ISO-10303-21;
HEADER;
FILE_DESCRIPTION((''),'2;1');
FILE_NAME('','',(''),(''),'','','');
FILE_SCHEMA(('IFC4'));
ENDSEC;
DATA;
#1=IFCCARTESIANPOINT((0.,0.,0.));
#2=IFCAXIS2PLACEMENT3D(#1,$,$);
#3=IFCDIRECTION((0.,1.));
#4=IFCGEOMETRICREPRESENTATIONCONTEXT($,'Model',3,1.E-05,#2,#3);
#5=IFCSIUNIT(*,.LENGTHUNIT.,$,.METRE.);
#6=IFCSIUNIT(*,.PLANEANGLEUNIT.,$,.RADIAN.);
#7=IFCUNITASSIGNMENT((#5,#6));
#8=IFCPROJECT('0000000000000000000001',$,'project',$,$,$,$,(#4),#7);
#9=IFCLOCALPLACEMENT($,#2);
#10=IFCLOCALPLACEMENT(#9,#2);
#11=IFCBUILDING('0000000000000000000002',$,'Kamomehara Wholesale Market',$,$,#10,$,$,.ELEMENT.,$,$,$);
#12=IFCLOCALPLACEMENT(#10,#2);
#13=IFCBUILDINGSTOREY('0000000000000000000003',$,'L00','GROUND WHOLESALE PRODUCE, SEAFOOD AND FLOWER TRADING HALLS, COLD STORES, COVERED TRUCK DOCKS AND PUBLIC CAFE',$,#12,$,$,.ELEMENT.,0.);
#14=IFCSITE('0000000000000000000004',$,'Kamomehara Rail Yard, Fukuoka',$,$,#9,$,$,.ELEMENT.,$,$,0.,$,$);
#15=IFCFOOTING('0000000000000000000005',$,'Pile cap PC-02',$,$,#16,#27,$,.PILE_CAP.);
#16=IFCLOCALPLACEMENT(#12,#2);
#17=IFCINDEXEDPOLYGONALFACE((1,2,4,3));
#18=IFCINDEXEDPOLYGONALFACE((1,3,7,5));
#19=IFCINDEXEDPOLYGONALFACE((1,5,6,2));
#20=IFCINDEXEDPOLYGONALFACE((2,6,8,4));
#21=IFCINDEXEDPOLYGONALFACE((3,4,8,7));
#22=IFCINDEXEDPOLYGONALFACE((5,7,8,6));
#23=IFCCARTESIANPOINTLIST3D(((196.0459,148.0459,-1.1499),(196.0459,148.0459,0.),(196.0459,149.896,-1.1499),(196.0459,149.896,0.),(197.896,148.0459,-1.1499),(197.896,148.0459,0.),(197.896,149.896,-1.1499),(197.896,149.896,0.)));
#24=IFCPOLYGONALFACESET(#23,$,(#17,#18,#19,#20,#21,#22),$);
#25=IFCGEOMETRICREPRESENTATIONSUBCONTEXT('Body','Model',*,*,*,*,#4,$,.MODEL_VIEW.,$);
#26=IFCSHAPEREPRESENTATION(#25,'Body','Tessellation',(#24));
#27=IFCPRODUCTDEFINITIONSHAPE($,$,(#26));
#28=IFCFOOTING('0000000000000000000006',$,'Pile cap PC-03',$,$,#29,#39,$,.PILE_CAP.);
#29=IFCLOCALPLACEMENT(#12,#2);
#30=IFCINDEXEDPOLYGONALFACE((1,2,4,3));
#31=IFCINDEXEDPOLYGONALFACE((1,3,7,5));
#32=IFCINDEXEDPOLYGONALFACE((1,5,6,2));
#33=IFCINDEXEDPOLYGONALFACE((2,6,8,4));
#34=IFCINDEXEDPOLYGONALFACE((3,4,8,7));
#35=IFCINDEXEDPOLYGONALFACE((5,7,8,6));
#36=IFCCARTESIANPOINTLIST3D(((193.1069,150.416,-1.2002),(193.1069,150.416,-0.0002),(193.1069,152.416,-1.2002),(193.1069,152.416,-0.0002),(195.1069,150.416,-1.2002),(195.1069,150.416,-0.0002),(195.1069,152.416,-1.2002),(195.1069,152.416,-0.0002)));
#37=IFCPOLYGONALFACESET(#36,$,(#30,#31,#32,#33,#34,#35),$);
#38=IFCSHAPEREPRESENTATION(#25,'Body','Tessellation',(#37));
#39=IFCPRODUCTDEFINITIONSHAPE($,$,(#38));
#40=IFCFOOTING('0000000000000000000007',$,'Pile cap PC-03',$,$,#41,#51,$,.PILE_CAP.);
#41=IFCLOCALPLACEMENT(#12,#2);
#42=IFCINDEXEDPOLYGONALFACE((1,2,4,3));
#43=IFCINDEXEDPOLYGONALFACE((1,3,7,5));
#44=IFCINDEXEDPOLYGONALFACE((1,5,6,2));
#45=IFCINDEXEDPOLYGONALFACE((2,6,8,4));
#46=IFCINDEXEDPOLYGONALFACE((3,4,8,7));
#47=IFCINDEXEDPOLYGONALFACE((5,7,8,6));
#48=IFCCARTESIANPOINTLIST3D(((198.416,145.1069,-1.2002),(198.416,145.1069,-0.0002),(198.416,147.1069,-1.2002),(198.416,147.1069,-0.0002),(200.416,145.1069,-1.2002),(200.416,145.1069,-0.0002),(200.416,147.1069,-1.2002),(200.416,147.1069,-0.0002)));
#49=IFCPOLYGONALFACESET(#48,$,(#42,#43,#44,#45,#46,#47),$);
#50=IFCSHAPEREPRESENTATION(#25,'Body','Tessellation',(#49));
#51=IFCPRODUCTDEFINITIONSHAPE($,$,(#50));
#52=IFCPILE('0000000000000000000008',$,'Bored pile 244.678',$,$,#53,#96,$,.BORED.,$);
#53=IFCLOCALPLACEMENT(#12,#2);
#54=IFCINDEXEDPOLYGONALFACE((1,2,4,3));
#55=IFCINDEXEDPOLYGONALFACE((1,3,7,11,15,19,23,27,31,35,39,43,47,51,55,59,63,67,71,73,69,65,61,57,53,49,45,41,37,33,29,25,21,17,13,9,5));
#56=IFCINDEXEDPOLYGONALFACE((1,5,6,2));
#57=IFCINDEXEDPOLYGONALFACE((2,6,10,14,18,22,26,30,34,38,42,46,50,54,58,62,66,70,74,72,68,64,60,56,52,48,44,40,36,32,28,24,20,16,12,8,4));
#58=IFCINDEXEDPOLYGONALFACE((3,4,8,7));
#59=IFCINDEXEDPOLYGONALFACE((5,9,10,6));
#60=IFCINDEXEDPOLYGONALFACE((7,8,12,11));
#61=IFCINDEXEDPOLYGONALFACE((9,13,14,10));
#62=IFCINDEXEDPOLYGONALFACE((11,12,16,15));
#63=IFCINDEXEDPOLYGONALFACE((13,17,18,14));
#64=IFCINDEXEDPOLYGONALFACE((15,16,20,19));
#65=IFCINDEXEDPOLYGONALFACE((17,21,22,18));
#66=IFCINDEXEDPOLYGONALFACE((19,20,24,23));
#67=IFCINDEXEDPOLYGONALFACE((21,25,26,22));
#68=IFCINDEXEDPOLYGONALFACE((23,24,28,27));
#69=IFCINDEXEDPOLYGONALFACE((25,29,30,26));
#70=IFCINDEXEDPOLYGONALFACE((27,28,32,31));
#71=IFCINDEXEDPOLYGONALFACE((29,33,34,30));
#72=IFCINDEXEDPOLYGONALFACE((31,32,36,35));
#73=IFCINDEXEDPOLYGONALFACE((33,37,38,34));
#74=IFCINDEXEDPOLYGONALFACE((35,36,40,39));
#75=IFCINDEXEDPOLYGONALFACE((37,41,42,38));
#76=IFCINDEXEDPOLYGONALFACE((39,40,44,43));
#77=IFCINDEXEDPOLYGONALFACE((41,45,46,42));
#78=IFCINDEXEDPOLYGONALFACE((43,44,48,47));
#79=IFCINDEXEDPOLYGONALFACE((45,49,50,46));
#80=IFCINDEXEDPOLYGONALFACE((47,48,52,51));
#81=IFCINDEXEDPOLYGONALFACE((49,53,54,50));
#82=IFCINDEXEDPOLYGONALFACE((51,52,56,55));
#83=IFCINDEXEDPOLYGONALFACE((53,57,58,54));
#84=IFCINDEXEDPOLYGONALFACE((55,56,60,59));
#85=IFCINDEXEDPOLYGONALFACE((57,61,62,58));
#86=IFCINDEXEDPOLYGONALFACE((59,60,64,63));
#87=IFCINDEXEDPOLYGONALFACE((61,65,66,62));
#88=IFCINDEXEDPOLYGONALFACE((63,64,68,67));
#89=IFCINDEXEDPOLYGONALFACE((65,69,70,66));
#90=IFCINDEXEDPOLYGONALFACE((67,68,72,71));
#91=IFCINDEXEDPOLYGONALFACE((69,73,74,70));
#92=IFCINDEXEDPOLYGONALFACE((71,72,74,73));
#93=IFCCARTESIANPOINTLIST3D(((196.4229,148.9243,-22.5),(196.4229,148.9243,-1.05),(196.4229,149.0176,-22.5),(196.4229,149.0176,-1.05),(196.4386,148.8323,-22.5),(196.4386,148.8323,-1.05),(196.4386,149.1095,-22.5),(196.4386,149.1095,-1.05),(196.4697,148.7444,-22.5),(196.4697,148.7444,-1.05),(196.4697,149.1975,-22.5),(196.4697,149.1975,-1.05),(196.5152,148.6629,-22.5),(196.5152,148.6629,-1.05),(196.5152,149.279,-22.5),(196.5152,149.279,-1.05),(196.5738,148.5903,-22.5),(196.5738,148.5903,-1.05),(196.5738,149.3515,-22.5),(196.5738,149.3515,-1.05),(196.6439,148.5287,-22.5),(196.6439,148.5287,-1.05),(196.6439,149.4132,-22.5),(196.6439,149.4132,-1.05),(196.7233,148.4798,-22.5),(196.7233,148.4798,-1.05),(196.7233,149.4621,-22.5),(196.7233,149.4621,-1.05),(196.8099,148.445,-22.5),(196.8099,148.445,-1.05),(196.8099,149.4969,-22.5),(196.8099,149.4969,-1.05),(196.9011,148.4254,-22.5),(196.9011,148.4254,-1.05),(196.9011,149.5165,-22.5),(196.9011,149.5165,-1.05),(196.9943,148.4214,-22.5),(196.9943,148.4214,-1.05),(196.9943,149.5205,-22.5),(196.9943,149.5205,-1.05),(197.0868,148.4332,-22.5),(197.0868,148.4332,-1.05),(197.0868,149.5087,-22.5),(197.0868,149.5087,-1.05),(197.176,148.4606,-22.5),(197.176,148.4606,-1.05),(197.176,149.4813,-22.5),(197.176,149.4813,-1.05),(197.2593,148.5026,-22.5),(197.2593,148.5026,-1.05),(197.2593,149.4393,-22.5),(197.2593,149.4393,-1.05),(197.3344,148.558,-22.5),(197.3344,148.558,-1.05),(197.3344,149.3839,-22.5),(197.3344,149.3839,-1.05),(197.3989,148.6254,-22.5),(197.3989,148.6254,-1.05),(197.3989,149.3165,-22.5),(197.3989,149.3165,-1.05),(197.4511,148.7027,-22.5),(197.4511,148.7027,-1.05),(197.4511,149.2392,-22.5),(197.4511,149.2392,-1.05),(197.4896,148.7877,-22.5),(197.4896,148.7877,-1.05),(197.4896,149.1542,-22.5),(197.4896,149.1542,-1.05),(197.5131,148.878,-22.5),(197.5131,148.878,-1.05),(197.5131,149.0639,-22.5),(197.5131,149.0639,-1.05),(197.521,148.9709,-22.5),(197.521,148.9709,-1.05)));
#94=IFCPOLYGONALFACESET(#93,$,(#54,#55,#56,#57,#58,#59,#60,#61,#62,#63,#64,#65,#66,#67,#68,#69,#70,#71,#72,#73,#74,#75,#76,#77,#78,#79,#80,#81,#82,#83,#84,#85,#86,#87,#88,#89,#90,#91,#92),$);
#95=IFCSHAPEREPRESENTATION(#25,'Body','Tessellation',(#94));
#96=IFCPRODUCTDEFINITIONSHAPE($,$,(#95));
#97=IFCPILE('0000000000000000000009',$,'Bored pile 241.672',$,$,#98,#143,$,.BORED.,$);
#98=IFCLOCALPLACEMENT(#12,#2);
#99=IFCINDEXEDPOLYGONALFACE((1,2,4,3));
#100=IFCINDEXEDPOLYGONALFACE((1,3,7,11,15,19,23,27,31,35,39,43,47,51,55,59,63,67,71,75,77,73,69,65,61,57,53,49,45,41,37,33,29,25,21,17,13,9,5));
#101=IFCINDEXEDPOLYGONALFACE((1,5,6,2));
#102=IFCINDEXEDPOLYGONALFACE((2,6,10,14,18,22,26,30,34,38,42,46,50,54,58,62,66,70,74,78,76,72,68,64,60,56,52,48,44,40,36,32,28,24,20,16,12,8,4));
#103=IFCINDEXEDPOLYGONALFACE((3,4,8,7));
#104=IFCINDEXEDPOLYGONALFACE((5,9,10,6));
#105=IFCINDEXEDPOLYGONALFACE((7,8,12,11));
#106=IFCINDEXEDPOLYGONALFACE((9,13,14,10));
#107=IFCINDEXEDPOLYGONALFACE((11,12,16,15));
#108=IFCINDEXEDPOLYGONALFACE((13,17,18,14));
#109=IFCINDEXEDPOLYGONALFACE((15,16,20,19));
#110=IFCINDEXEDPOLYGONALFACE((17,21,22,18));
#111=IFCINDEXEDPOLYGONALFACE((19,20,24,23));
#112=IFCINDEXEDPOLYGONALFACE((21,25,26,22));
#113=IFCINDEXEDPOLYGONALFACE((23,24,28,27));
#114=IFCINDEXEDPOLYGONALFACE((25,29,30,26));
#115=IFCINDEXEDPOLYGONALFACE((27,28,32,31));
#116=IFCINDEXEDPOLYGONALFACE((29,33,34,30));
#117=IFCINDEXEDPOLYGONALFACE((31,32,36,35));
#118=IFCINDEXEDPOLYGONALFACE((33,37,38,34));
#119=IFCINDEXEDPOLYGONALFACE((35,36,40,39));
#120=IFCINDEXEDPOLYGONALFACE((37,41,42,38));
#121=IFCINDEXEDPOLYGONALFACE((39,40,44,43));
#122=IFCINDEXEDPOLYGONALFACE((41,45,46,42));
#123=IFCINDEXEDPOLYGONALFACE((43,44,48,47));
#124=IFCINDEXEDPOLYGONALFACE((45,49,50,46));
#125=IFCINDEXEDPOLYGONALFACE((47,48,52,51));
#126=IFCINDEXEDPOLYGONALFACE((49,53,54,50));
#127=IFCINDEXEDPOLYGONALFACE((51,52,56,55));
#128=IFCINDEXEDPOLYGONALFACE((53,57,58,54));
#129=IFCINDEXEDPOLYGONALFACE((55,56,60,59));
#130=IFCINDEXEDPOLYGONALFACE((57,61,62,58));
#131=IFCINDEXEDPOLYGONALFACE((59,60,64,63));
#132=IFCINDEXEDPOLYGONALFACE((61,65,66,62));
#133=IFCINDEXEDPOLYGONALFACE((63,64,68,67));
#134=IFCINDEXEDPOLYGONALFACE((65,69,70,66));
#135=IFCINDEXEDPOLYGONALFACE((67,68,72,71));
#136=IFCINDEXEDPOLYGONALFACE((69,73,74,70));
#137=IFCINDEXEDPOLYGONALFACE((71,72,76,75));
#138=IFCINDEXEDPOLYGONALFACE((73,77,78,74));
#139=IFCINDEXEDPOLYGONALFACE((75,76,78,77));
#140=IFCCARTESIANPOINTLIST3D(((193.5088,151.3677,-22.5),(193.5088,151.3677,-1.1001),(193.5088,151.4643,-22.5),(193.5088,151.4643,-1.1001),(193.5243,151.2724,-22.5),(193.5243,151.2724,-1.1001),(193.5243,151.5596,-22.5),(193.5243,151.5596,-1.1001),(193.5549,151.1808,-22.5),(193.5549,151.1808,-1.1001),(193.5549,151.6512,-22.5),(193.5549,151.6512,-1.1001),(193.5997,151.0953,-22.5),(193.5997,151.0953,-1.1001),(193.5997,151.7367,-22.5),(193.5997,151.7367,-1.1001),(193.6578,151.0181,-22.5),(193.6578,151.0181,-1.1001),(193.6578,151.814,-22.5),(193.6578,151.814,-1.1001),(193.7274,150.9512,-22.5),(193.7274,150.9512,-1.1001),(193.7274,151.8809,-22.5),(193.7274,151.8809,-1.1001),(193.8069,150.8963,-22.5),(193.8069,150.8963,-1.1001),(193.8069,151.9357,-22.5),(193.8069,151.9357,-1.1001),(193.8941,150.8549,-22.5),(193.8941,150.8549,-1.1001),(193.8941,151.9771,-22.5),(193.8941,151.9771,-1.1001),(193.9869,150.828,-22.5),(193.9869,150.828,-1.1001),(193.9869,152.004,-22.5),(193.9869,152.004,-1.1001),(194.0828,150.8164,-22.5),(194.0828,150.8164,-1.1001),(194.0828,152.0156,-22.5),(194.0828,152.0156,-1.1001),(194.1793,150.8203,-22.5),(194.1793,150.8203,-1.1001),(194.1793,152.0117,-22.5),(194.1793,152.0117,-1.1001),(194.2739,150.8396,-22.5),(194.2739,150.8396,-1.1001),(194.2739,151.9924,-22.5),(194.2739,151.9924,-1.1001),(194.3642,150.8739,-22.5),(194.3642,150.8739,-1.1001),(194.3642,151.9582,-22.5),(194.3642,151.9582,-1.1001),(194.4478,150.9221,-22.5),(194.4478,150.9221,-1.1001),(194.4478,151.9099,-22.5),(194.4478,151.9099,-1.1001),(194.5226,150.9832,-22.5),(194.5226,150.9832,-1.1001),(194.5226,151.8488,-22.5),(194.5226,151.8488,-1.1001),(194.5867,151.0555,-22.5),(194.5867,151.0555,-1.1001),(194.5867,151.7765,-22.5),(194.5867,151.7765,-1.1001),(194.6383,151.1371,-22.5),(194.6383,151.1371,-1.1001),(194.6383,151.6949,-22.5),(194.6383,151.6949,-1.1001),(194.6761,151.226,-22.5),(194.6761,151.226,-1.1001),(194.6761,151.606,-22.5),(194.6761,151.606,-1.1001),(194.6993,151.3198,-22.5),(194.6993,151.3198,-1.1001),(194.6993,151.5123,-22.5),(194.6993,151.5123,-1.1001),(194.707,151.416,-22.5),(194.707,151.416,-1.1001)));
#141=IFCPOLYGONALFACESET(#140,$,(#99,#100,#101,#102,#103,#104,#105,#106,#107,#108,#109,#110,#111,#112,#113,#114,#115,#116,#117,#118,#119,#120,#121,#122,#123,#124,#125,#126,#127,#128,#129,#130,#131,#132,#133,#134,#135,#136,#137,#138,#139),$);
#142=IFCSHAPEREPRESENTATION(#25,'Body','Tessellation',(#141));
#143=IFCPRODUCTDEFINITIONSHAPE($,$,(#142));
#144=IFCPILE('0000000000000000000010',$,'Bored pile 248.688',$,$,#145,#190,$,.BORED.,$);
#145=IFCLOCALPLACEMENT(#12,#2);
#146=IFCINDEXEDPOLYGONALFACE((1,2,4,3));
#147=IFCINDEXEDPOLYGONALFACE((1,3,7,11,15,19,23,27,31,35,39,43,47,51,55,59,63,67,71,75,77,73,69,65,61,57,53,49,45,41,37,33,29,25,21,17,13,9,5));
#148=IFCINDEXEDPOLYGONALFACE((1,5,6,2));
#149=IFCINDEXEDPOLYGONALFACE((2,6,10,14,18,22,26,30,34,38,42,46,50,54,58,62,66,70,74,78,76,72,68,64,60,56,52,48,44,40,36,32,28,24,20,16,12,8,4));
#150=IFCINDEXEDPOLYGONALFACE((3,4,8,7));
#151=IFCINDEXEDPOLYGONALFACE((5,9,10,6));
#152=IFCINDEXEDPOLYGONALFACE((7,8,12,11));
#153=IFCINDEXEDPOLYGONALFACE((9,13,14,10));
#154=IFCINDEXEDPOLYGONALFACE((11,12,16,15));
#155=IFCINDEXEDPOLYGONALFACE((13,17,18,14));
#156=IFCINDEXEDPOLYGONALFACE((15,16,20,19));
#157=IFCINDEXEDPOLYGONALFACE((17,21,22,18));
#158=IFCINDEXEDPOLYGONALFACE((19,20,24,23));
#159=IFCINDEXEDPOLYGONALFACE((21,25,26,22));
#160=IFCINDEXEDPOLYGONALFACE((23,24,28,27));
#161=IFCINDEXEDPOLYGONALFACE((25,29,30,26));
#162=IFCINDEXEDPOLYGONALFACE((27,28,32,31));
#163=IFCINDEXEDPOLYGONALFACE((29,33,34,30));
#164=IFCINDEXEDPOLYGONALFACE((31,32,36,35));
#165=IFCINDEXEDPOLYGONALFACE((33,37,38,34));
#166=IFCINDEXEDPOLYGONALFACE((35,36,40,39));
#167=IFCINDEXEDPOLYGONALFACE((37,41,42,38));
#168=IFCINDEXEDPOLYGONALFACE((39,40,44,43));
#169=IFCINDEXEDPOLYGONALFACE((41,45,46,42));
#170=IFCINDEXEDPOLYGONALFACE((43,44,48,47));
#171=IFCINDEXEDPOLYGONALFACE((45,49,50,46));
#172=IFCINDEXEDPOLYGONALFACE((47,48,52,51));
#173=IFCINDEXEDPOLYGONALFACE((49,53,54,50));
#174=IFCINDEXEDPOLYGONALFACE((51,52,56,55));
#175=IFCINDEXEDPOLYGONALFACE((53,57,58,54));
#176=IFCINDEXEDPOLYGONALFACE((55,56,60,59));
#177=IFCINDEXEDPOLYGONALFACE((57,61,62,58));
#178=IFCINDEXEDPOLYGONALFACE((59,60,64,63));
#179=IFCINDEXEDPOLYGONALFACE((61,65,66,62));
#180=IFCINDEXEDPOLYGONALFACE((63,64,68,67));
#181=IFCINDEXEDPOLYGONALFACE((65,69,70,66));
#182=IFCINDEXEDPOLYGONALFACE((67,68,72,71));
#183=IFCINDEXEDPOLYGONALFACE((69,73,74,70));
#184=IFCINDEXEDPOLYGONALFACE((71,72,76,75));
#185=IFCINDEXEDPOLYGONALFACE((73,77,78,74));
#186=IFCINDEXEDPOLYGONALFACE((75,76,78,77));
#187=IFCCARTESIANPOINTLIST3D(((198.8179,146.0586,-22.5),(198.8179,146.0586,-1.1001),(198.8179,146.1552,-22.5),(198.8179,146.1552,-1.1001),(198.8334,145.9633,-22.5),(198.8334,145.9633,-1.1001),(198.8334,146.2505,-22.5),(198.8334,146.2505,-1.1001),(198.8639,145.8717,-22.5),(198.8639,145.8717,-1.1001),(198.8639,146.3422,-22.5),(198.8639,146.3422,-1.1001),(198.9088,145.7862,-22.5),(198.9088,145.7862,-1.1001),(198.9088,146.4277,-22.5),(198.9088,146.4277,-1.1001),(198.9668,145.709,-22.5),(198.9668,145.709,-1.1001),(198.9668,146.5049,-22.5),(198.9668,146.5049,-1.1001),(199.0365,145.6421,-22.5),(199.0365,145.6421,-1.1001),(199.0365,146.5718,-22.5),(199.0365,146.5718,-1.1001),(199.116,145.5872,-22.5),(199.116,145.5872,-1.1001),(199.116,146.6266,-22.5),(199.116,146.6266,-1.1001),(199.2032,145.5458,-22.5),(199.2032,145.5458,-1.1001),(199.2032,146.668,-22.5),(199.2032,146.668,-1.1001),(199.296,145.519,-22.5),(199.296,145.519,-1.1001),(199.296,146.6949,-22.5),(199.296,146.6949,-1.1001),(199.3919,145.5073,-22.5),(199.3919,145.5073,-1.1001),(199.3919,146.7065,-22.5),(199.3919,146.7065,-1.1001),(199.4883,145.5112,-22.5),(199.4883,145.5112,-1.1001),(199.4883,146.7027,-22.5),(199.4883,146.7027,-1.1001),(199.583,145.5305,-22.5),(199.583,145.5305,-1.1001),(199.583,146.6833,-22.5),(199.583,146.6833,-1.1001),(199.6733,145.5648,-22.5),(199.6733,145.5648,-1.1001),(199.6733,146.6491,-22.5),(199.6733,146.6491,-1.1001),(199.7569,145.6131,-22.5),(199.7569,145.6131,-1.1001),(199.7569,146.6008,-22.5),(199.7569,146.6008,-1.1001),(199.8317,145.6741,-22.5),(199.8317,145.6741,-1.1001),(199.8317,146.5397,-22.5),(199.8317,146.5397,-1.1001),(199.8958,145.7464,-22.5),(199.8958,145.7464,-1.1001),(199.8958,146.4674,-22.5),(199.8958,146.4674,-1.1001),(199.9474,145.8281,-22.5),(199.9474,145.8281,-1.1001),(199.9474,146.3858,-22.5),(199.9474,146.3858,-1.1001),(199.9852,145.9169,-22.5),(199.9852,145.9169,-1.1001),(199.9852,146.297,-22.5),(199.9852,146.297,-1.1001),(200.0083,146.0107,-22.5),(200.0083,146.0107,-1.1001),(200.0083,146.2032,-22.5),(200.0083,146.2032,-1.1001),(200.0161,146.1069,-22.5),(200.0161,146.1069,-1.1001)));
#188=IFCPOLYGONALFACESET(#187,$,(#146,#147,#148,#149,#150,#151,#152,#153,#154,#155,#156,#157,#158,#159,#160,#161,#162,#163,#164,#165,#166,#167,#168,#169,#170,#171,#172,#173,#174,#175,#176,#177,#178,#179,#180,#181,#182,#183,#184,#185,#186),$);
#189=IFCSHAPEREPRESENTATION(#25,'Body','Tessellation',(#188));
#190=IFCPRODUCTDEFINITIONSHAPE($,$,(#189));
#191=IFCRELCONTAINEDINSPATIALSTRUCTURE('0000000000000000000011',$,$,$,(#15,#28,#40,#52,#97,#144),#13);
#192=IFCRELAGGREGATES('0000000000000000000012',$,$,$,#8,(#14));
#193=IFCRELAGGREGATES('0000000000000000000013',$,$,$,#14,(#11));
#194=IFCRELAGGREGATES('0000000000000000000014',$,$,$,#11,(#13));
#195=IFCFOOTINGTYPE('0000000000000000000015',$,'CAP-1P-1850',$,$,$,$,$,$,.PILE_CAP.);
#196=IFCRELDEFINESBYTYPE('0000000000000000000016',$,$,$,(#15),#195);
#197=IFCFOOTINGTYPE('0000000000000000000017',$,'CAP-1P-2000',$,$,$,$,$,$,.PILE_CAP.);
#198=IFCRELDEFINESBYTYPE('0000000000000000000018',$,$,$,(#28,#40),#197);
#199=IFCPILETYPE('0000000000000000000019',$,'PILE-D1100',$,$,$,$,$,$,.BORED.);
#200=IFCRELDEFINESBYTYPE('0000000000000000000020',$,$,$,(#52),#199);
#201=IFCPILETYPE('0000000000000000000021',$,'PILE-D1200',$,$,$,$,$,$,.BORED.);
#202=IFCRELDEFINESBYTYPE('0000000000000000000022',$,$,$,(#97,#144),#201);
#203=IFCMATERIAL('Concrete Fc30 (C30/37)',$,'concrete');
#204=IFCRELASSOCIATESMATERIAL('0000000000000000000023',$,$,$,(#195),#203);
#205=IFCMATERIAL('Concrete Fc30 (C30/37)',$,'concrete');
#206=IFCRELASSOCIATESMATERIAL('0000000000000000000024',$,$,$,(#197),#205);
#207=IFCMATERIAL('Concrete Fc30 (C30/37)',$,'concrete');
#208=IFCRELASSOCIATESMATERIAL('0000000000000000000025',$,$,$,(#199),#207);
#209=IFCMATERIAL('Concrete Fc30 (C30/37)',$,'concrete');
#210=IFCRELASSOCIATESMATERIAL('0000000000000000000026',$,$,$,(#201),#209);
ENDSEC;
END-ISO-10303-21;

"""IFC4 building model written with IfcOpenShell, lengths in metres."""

from ifc_helpers import new_model, si_unit, direction, frame, origin, origin_2d, place, context, subcontext, project, spatial, rectangle, circle, extrude, material, material_profile, profile_set, type_object, element, save


model = new_model("IFC4")

# Units and contexts
model_context = context("Model", 3, precision=1e-05, world=origin(), true_north=direction((0.0, 1.0)))
body_context = subcontext(model_context, "Body", "Model", "MODEL_VIEW")
ifc_project = project(units=[si_unit("LENGTHUNIT", "METRE"), si_unit("PLANEANGLEUNIT", "RADIAN")], contexts=[model_context])

# Site, building, storey
site_placement = place(None, origin())
site = spatial("IfcSite", under=ifc_project, at=site_placement, Name="Kamomehara Rail Yard, Fukuoka", CompositionType="ELEMENT", RefElevation=0.0)
building_placement = place(site_placement, origin())
building = spatial("IfcBuilding", under=site, at=building_placement, Name="Kamomehara Wholesale Market", CompositionType="ELEMENT")
storey_placement = place(building_placement, origin())
storey = spatial("IfcBuildingStorey", under=building, at=storey_placement, Name="L00", Description="GROUND WHOLESALE PRODUCE, SEAFOOD AND FLOWER TRADING HALLS, COLD STORES, COVERED TRUCK DOCKS AND PUBLIC CAFE", CompositionType="ELEMENT", Elevation=0.0)

# Footings
ifc_material_1 = material(Name="Concrete Fc30 (C30/37)", Category="concrete")
footing_type_1 = type_object("IfcFootingType", Name="CAP-1P-1850", PredefinedType="PILE_CAP", material=ifc_material_1)
footing_placement = place(storey_placement, frame((196.9709, 148.9709, -1.1499), z_axis=(0.0, 0.0, 1.0), x_axis=(1.0, 0.0, 0.0)))
element("IfcFooting", 1, at=footing_placement, inside=storey, type_object=footing_type_1, Name="Pile cap PC-02", PredefinedType="PILE_CAP", context=body_context, shape_type="SweptSolid", body=[
    extrude(rectangle(XDim=1.8501, YDim=1.8501, at=origin_2d()), origin(), (0.0, 0.0, 1.0), 1.1499),
])
ifc_material_2 = material(Name="Concrete Fc30 (C30/37)", Category="concrete")
footing_type_2 = type_object("IfcFootingType", Name="CAP-1P-2000", PredefinedType="PILE_CAP", material=ifc_material_2)
for number, where, z_axis, x_axis, name in (
    (2, (194.1069, 151.416, -1.2002), (0.0, 0.0, 1.0), (1.0, 0.0, 0.0), "Pile cap PC-03"),
    (3, (199.416, 146.1069, -1.2002), (0.0, 0.0, 1.0), (1.0, 0.0, 0.0), "Pile cap PC-03"),
):
    element("IfcFooting", number, at=place(storey_placement, frame(where, z_axis=z_axis, x_axis=x_axis)), inside=storey, type_object=footing_type_2, Name=name, PredefinedType="PILE_CAP", context=body_context, shape_type="SweptSolid", body=[
        extrude(rectangle(XDim=2.0, YDim=2.0, at=origin_2d()), origin(), (0.0, 0.0, 1.0), 1.2),
    ])

# Piles
ifc_material_3 = material(Name="Concrete Fc30 (C30/37)", Category="concrete")
ifc_material_profile_1 = material_profile(ifc_material_3, circle(Radius=0.55, at=origin_2d()), Name="RC-PILE-D1100")
ifc_profile_set_1 = profile_set([ifc_material_profile_1], Name="Concrete Fc30 (C30/37)")
pile_type_1 = type_object("IfcPileType", Name="PILE-D1100", PredefinedType="BORED", material=ifc_profile_set_1)
pile_placement = place(storey_placement, frame((196.9709, 148.9709, -1.05), z_axis=(0.0, 0.0, -1.0), x_axis=(1.0, 0.0, 0.0)))
element("IfcPile", 4, at=pile_placement, inside=storey, type_object=pile_type_1, Name="Bored pile 244.678", PredefinedType="BORED", context=body_context, shape_type="SweptSolid", body=[
    extrude(circle(Radius=0.55, at=origin_2d()), origin(), (0.0, 0.0, 1.0), 21.45),
])
ifc_material_4 = material(Name="Concrete Fc30 (C30/37)", Category="concrete")
ifc_material_profile_2 = material_profile(ifc_material_4, circle(Radius=0.6001, at=origin_2d()), Name="RC-PILE-D1200")
ifc_profile_set_2 = profile_set([ifc_material_profile_2], Name="Concrete Fc30 (C30/37)")
pile_type_2 = type_object("IfcPileType", Name="PILE-D1200", PredefinedType="BORED", material=ifc_profile_set_2)
for number, where, z_axis, x_axis, name in (
    (5, (194.1069, 151.416, -1.1001), (0.0, 0.0, -1.0), (1.0, 0.0, 0.0), "Bored pile 241.672"),
    (6, (199.416, 146.1069, -1.1001), (0.0, 0.0, -1.0), (1.0, 0.0, 0.0), "Bored pile 248.688"),
):
    element("IfcPile", number, at=place(storey_placement, frame(where, z_axis=z_axis, x_axis=x_axis)), inside=storey, type_object=pile_type_2, Name=name, PredefinedType="BORED", context=body_context, shape_type="SweptSolid", body=[
        extrude(circle(Radius=0.6001, at=origin_2d()), origin(), (0.0, 0.0, 1.0), 21.3999),
    ])

save(model, "model.ifc")
